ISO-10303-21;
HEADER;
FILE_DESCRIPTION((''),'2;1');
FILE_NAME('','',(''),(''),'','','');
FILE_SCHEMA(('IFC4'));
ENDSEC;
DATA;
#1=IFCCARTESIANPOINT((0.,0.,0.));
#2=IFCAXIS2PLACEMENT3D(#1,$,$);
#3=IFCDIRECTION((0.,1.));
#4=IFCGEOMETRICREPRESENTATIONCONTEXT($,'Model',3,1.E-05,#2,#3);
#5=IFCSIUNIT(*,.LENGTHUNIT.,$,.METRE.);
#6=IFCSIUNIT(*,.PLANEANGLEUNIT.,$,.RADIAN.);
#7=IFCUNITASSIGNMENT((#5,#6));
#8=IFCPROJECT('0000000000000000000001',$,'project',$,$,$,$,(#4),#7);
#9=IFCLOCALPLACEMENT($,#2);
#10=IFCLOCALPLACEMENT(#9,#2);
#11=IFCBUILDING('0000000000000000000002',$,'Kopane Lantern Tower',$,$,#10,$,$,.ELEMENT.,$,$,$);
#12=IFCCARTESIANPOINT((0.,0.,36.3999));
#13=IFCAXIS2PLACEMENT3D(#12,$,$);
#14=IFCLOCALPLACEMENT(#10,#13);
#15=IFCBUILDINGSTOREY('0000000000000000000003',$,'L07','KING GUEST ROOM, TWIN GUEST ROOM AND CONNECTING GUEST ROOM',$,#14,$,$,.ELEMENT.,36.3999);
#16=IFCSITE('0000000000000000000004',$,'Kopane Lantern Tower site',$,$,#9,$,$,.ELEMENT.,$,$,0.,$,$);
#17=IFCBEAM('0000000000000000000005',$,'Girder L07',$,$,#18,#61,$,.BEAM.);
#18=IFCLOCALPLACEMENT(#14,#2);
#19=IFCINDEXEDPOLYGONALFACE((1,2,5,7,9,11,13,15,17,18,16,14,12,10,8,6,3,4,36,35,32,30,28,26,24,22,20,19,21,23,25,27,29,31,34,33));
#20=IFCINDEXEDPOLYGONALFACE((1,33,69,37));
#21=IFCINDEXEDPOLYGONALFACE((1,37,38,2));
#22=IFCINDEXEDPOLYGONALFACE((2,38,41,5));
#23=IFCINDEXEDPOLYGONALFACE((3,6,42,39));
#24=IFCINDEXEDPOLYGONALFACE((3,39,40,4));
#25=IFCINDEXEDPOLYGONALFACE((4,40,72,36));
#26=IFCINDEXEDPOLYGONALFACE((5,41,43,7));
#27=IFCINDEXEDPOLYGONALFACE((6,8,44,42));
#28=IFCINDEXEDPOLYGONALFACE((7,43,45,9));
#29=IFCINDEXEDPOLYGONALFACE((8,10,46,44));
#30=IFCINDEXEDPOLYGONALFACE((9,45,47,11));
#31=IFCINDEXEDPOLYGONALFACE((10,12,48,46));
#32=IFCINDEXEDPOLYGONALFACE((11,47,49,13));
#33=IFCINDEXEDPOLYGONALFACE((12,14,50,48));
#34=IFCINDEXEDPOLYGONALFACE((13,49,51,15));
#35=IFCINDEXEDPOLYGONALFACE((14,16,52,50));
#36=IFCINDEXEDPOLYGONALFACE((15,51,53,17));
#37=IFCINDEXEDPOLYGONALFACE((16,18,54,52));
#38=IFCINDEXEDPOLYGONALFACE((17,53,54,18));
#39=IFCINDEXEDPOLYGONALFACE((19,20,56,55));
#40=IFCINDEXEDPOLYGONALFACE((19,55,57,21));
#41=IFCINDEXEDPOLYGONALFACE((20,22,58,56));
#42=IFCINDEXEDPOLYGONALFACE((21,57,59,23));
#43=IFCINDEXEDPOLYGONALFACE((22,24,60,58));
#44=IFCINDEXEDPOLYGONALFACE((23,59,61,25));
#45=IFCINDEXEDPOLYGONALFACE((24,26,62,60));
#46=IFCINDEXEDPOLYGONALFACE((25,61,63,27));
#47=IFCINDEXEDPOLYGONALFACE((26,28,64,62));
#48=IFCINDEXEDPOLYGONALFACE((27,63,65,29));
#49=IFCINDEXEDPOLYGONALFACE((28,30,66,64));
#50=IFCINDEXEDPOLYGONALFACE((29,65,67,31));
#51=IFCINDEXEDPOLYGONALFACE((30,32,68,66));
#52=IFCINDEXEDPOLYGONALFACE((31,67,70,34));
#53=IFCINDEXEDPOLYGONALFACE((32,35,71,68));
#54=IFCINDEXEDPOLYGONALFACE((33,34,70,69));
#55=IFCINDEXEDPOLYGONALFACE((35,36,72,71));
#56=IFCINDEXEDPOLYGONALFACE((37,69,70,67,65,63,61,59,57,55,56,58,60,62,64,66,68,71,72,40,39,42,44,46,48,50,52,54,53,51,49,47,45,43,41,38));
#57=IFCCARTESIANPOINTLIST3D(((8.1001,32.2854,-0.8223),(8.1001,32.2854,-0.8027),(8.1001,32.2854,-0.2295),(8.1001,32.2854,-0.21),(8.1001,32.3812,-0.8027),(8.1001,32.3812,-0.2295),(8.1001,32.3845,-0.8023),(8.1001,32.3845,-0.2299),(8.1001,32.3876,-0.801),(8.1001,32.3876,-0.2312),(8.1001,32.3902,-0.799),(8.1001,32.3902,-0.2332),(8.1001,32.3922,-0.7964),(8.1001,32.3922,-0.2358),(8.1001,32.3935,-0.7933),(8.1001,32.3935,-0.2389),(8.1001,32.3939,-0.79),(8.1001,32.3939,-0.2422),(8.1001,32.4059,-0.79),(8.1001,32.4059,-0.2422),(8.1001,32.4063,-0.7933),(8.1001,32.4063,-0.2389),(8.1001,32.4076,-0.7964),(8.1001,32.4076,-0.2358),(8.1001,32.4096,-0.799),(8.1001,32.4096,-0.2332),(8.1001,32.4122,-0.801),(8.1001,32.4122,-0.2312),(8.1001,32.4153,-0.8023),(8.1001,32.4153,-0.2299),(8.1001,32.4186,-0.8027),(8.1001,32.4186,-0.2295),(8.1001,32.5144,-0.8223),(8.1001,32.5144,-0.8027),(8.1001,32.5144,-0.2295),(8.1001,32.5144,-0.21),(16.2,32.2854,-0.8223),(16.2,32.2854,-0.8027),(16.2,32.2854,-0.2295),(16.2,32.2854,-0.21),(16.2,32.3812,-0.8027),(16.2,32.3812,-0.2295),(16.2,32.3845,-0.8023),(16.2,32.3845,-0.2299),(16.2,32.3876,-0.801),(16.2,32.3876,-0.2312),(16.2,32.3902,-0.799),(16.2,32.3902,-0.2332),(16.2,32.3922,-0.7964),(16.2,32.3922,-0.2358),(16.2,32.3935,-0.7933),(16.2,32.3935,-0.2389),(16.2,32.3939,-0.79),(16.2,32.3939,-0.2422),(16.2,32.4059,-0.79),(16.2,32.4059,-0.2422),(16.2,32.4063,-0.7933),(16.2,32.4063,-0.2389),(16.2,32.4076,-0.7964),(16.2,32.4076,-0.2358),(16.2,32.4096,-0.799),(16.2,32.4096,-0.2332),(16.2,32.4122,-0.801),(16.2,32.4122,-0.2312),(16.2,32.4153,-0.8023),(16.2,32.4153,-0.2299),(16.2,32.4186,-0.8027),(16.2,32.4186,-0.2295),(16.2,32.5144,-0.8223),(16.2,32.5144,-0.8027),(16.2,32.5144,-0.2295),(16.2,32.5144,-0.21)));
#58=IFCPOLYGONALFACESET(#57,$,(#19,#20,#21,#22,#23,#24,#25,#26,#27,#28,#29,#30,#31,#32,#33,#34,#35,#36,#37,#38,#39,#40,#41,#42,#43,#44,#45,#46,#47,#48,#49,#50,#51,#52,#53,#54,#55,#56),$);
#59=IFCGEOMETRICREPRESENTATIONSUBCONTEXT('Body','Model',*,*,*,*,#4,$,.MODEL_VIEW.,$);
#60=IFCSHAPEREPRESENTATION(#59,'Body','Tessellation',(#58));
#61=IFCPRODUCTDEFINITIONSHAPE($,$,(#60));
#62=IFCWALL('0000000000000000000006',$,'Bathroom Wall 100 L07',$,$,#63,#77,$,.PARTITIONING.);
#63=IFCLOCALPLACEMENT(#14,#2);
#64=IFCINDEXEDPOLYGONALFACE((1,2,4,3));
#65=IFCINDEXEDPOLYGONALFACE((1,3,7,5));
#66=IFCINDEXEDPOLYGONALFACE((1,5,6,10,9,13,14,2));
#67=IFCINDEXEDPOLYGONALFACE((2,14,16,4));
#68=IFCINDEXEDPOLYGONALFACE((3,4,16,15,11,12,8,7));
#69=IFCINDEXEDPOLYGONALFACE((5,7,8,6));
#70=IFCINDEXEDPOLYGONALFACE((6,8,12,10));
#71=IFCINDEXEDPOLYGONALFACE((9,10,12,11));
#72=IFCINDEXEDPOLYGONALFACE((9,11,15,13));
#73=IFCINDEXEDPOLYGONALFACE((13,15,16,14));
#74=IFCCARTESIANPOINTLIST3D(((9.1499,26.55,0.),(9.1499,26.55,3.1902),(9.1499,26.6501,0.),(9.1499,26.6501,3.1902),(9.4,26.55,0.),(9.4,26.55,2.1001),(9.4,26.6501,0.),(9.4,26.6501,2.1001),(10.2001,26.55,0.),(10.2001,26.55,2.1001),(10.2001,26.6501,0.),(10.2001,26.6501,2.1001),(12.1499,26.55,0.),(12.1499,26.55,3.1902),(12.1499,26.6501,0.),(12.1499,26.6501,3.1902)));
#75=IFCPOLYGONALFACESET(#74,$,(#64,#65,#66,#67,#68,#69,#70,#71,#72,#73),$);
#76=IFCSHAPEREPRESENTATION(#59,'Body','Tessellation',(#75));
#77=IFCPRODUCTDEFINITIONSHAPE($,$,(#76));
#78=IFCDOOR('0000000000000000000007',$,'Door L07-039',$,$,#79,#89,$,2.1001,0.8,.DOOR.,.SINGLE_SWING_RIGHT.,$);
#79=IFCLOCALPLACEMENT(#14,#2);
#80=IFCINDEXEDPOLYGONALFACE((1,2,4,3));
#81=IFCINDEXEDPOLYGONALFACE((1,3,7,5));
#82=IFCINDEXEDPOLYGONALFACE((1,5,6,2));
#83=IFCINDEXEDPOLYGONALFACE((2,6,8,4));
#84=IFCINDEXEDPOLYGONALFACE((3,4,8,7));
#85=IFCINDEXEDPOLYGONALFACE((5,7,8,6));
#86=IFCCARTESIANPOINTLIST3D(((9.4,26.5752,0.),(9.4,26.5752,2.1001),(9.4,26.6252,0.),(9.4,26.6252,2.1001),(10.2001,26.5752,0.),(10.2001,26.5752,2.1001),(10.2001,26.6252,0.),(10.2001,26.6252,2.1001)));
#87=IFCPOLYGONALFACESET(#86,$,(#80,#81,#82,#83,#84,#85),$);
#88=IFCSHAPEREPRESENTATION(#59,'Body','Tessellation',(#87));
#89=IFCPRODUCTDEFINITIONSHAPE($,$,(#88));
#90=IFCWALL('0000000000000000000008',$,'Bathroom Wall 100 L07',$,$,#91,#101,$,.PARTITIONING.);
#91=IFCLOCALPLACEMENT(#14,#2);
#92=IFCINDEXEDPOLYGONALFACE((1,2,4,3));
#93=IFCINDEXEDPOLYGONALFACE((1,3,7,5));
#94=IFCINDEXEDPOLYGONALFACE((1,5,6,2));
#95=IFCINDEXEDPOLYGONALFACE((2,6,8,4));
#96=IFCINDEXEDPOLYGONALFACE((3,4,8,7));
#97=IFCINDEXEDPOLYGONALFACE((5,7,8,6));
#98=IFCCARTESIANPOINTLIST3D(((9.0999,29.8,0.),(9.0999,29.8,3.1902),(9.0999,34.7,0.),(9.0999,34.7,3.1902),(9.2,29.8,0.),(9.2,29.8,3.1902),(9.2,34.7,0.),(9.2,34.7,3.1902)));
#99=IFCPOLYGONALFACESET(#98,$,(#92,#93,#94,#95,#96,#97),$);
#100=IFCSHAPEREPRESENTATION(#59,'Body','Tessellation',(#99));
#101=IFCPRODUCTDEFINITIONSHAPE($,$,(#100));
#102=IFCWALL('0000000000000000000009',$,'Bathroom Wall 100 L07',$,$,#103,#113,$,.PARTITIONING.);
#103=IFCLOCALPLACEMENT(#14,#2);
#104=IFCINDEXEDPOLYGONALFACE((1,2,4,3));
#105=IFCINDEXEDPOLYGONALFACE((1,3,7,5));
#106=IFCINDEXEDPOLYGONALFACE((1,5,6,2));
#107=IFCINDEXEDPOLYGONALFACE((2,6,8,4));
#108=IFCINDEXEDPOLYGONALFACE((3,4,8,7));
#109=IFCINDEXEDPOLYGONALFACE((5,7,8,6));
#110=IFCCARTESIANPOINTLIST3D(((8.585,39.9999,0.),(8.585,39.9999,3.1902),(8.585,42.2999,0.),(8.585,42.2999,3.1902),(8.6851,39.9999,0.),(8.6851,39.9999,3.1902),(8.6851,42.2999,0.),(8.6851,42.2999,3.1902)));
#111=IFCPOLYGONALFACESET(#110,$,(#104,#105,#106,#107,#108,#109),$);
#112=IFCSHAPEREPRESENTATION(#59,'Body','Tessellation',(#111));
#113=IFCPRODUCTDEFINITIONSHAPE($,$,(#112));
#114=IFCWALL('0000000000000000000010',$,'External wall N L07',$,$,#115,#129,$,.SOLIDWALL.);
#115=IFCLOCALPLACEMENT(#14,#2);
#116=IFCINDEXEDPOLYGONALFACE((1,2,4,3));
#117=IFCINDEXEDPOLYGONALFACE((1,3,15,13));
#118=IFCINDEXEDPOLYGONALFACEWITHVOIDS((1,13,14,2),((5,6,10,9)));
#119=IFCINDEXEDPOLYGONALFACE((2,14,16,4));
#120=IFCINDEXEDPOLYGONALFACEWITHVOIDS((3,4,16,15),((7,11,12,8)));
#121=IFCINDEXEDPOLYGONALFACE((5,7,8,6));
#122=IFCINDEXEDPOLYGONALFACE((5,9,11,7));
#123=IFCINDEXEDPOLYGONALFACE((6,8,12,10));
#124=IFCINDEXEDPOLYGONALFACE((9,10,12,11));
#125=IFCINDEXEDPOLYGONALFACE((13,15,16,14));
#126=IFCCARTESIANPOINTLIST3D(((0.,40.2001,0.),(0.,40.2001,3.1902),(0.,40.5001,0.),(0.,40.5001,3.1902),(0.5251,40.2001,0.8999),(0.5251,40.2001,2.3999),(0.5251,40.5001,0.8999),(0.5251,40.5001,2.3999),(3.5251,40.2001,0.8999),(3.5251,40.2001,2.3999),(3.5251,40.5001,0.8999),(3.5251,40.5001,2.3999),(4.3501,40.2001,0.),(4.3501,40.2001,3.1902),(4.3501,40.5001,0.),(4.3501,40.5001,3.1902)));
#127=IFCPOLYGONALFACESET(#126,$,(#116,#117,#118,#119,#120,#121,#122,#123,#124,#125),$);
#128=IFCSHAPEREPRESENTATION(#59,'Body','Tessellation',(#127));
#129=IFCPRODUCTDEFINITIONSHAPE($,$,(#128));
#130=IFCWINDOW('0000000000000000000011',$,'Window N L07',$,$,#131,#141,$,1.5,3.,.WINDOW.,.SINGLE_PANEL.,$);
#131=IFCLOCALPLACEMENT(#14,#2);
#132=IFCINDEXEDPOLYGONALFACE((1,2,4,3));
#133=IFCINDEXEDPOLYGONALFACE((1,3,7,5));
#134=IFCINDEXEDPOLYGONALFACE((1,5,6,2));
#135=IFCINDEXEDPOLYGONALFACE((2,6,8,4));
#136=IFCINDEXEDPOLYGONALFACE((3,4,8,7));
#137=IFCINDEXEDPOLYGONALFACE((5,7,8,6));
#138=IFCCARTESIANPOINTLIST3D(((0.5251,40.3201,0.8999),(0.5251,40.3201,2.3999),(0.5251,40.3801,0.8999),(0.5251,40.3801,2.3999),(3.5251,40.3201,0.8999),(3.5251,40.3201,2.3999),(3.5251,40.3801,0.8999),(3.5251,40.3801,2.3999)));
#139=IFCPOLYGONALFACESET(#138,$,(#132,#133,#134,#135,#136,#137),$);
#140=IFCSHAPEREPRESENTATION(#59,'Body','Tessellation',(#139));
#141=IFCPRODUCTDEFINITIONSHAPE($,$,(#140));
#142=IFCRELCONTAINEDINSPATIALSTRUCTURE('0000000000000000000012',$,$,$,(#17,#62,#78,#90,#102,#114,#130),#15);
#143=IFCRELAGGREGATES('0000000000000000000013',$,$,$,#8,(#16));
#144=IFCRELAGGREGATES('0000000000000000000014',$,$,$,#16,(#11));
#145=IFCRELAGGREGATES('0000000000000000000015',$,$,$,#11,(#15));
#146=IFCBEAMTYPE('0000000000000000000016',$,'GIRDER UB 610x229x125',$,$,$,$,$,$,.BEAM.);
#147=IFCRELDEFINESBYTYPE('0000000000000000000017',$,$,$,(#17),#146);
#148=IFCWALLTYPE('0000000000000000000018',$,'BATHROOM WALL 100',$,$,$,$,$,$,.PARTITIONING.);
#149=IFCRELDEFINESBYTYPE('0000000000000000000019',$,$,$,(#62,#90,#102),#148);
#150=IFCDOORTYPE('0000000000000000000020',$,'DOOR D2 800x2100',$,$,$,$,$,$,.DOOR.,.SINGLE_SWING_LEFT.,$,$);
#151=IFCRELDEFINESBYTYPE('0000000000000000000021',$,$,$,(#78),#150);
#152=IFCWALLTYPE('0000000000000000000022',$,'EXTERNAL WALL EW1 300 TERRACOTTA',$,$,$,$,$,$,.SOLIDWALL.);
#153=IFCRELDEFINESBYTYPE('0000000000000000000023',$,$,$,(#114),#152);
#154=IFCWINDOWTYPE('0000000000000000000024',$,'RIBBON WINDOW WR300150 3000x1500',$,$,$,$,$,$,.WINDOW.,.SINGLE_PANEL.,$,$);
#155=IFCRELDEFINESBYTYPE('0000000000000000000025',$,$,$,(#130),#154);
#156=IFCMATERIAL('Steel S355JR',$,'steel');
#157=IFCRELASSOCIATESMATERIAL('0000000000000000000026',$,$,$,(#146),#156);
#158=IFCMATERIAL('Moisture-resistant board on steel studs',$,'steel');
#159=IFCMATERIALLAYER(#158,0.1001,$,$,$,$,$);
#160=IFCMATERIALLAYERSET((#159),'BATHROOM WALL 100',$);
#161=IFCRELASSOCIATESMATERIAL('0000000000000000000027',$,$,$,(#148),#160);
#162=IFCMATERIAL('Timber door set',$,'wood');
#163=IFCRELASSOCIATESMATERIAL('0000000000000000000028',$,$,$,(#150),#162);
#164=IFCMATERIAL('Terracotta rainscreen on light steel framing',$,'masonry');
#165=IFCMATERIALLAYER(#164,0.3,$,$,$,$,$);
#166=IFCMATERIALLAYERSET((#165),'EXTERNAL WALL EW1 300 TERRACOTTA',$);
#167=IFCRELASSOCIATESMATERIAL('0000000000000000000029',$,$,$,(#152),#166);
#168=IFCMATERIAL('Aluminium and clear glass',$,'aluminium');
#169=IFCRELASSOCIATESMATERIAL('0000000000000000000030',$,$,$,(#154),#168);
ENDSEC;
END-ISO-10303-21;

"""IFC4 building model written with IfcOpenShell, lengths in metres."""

from ifc_helpers import new_model, si_unit, direction, frame, frame_2d, origin, origin_2d, place, context, subcontext, project, spatial, rectangle, i_section, extrude, material, layer, layer_set, material_profile, profile_set, type_object, element, fill, save


model = new_model("IFC4")

# Units and contexts
model_context = context("Model", 3, precision=1e-05, world=origin(), true_north=direction((0.0, 1.0)))
body_context = subcontext(model_context, "Body", "Model", "MODEL_VIEW")
ifc_project = project(units=[si_unit("LENGTHUNIT", "METRE"), si_unit("PLANEANGLEUNIT", "RADIAN")], contexts=[model_context])

# Site, building, storey
site_placement = place(None, origin())
site = spatial("IfcSite", under=ifc_project, at=site_placement, Name="Kopane Lantern Tower site", CompositionType="ELEMENT", RefElevation=0.0)
building_placement = place(site_placement, origin())
building = spatial("IfcBuilding", under=site, at=building_placement, Name="Kopane Lantern Tower", CompositionType="ELEMENT")
storey_placement = place(building_placement, frame((0.0, 0.0, 36.3999)))
storey = spatial("IfcBuildingStorey", under=building, at=storey_placement, Name="L07", Description="KING GUEST ROOM, TWIN GUEST ROOM AND CONNECTING GUEST ROOM", CompositionType="ELEMENT", Elevation=36.3999)

# Beam
ifc_material_1 = material(Name="Steel S355JR", Category="steel")
ifc_material_profile_1 = material_profile(ifc_material_1, i_section(OverallWidth=0.229, OverallDepth=0.6123, WebThickness=0.012, FlangeThickness=0.0195, FilletRadius=0.0127, at=origin_2d()), Name="UB 610x229x125")
ifc_profile_set_1 = profile_set([ifc_material_profile_1], Name="Steel S355JR")
beam_type = type_object("IfcBeamType", Name="GIRDER UB 610x229x125", PredefinedType="BEAM", material=ifc_profile_set_1)
beam_placement = place(storey_placement, frame((8.1001, 32.3999, -0.5161), z_axis=(1.0, 0.0, 0.0), x_axis=(0.0, 1.0, 0.0)))
element("IfcBeam", 1, at=beam_placement, inside=storey, type_object=beam_type, Name="Girder L07", PredefinedType="BEAM", context=body_context, shape_type="SweptSolid", body=[
    extrude(i_section(OverallWidth=0.229, OverallDepth=0.6123, WebThickness=0.012, FlangeThickness=0.0195, FilletRadius=0.0127, at=origin_2d()), origin(), (0.0, 0.0, 1.0), 8.0999),
])

# Wall, opening, door
ifc_material_2 = material(Name="Moisture-resistant board on steel studs", Category="steel")
ifc_layer_1 = layer(ifc_material_2, 0.1001)
ifc_layer_set_1 = layer_set([ifc_layer_1], Name="BATHROOM WALL 100")
wall_type_1 = type_object("IfcWallType", Name="BATHROOM WALL 100", PredefinedType="PARTITIONING", material=ifc_layer_set_1)
wall_1_placement = place(storey_placement, frame((12.1499, 26.6001, 0.0), z_axis=(0.0, 0.0, 1.0), x_axis=(-1.0, 0.0, 0.0)))
wall_1 = element("IfcWall", 2, at=wall_1_placement, inside=storey, type_object=wall_type_1, Name="Bathroom Wall 100 L07", PredefinedType="PARTITIONING", context=body_context, shape_type="SweptSolid", body=[
    extrude(rectangle(XDim=3.0, YDim=0.1001, at=frame_2d((1.5, 0.0))), origin(), (0.0, 0.0, 1.0), 3.1902),
])
opening_1_placement = place(wall_1_placement, frame((1.95, 0.0, 0.0)))
opening_1 = element("IfcOpeningElement", 3, at=opening_1_placement, cuts=wall_1, PredefinedType="OPENING", context=body_context, shape_type="SweptSolid", body=[
    extrude(rectangle(XDim=0.8, YDim=2.1001, at=frame_2d((0.3999, 1.05))), frame((0.0, 0.0601, 0.0), z_axis=(0.0, -1.0, 0.0), x_axis=(1.0, 0.0, 0.0)), (0.0, 0.0, 1.0), 0.1201),
])
ifc_material_3 = material(Name="Timber door set", Category="wood")
door_type = type_object("IfcDoorType", Name="DOOR D2 800x2100", OperationType="SINGLE_SWING_LEFT", PredefinedType="DOOR", material=ifc_material_3)
door_placement = place(opening_1_placement, origin())
door = element("IfcDoor", 4, at=door_placement, inside=storey, type_object=door_type, Name="Door L07-039", OperationType="SINGLE_SWING_RIGHT", OverallHeight=2.1001, OverallWidth=0.8, PredefinedType="DOOR", context=body_context, shape_type="SweptSolid", body=[
    extrude(rectangle(XDim=0.8, YDim=2.1001, at=frame_2d((0.3999, 1.05))), frame((0.0, 0.0249, 0.0), z_axis=(0.0, -1.0, 0.0), x_axis=(1.0, 0.0, 0.0)), (0.0, 0.0, 1.0), 0.05),
])
fill(opening_1, door)

# Walls
wall_2_placement = place(storey_placement, frame((9.1499, 29.8, 0.0), z_axis=(0.0, 0.0, 1.0), x_axis=(0.0, 1.0, 0.0)))
element("IfcWall", 5, at=wall_2_placement, inside=storey, type_object=wall_type_1, Name="Bathroom Wall 100 L07", PredefinedType="PARTITIONING", context=body_context, shape_type="SweptSolid", body=[
    extrude(rectangle(XDim=4.8999, YDim=0.1001, at=frame_2d((2.45, 0.0))), origin(), (0.0, 0.0, 1.0), 3.1902),
])
wall_3_placement = place(storey_placement, frame((8.635, 40.0, 0.0), z_axis=(0.0, 0.0, 1.0), x_axis=(0.0, 1.0, 0.0)))
element("IfcWall", 6, at=wall_3_placement, inside=storey, type_object=wall_type_1, Name="Bathroom Wall 100 L07", PredefinedType="PARTITIONING", context=body_context, shape_type="SweptSolid", body=[
    extrude(rectangle(XDim=2.3, YDim=0.1001, at=frame_2d((1.1499, 0.0))), origin(), (0.0, 0.0, 1.0), 3.1902),
])

# Wall, opening, window
ifc_material_4 = material(Name="Terracotta rainscreen on light steel framing", Category="masonry")
ifc_layer_2 = layer(ifc_material_4, 0.3)
ifc_layer_set_2 = layer_set([ifc_layer_2], Name="EXTERNAL WALL EW1 300 TERRACOTTA")
wall_type_2 = type_object("IfcWallType", Name="EXTERNAL WALL EW1 300 TERRACOTTA", PredefinedType="SOLIDWALL", material=ifc_layer_set_2)
wall_4_placement = place(storey_placement, frame((4.3501, 40.3501, 0.0), z_axis=(0.0, 0.0, 1.0), x_axis=(-1.0, 0.0, 0.0)))
wall_4 = element("IfcWall", 7, at=wall_4_placement, inside=storey, type_object=wall_type_2, Name="External wall N L07", PredefinedType="SOLIDWALL", context=body_context, shape_type="SweptSolid", body=[
    extrude(rectangle(XDim=4.3501, YDim=0.3, at=frame_2d((2.175, 0.0))), origin(), (0.0, 0.0, 1.0), 3.1902),
])
opening_2_placement = place(wall_4_placement, frame((0.825, 0.0, 0.8999)))
opening_2 = element("IfcOpeningElement", 8, at=opening_2_placement, cuts=wall_4, PredefinedType="OPENING", context=body_context, shape_type="SweptSolid", body=[
    extrude(rectangle(XDim=3.0, YDim=1.5, at=frame_2d((1.5, 0.75))), frame((0.0, 0.1599, 0.0), z_axis=(0.0, -1.0, 0.0), x_axis=(1.0, 0.0, 0.0)), (0.0, 0.0, 1.0), 0.3201),
])
ifc_material_5 = material(Name="Aluminium and clear glass", Category="aluminium")
window_type_1 = type_object("IfcWindowType", Name="RIBBON WINDOW WR300150 3000x1500", PartitioningType="SINGLE_PANEL", PredefinedType="WINDOW", material=ifc_material_5)
window_1_placement = place(opening_2_placement, origin())
window_1 = element("IfcWindow", 9, at=window_1_placement, inside=storey, type_object=window_type_1, Name="Window N L07", OverallHeight=1.5, OverallWidth=3.0, PartitioningType="SINGLE_PANEL", PredefinedType="WINDOW", context=body_context, shape_type="SweptSolid", body=[
    extrude(rectangle(XDim=3.0, YDim=1.5, at=frame_2d((1.5, 0.75))), frame((0.0, 0.03, 0.0), z_axis=(0.0, -1.0, 0.0), x_axis=(1.0, 0.0, 0.0)), (0.0, 0.0, 1.0), 0.0601),
])
fill(opening_2, window_1)

save(model, "model.ifc")
